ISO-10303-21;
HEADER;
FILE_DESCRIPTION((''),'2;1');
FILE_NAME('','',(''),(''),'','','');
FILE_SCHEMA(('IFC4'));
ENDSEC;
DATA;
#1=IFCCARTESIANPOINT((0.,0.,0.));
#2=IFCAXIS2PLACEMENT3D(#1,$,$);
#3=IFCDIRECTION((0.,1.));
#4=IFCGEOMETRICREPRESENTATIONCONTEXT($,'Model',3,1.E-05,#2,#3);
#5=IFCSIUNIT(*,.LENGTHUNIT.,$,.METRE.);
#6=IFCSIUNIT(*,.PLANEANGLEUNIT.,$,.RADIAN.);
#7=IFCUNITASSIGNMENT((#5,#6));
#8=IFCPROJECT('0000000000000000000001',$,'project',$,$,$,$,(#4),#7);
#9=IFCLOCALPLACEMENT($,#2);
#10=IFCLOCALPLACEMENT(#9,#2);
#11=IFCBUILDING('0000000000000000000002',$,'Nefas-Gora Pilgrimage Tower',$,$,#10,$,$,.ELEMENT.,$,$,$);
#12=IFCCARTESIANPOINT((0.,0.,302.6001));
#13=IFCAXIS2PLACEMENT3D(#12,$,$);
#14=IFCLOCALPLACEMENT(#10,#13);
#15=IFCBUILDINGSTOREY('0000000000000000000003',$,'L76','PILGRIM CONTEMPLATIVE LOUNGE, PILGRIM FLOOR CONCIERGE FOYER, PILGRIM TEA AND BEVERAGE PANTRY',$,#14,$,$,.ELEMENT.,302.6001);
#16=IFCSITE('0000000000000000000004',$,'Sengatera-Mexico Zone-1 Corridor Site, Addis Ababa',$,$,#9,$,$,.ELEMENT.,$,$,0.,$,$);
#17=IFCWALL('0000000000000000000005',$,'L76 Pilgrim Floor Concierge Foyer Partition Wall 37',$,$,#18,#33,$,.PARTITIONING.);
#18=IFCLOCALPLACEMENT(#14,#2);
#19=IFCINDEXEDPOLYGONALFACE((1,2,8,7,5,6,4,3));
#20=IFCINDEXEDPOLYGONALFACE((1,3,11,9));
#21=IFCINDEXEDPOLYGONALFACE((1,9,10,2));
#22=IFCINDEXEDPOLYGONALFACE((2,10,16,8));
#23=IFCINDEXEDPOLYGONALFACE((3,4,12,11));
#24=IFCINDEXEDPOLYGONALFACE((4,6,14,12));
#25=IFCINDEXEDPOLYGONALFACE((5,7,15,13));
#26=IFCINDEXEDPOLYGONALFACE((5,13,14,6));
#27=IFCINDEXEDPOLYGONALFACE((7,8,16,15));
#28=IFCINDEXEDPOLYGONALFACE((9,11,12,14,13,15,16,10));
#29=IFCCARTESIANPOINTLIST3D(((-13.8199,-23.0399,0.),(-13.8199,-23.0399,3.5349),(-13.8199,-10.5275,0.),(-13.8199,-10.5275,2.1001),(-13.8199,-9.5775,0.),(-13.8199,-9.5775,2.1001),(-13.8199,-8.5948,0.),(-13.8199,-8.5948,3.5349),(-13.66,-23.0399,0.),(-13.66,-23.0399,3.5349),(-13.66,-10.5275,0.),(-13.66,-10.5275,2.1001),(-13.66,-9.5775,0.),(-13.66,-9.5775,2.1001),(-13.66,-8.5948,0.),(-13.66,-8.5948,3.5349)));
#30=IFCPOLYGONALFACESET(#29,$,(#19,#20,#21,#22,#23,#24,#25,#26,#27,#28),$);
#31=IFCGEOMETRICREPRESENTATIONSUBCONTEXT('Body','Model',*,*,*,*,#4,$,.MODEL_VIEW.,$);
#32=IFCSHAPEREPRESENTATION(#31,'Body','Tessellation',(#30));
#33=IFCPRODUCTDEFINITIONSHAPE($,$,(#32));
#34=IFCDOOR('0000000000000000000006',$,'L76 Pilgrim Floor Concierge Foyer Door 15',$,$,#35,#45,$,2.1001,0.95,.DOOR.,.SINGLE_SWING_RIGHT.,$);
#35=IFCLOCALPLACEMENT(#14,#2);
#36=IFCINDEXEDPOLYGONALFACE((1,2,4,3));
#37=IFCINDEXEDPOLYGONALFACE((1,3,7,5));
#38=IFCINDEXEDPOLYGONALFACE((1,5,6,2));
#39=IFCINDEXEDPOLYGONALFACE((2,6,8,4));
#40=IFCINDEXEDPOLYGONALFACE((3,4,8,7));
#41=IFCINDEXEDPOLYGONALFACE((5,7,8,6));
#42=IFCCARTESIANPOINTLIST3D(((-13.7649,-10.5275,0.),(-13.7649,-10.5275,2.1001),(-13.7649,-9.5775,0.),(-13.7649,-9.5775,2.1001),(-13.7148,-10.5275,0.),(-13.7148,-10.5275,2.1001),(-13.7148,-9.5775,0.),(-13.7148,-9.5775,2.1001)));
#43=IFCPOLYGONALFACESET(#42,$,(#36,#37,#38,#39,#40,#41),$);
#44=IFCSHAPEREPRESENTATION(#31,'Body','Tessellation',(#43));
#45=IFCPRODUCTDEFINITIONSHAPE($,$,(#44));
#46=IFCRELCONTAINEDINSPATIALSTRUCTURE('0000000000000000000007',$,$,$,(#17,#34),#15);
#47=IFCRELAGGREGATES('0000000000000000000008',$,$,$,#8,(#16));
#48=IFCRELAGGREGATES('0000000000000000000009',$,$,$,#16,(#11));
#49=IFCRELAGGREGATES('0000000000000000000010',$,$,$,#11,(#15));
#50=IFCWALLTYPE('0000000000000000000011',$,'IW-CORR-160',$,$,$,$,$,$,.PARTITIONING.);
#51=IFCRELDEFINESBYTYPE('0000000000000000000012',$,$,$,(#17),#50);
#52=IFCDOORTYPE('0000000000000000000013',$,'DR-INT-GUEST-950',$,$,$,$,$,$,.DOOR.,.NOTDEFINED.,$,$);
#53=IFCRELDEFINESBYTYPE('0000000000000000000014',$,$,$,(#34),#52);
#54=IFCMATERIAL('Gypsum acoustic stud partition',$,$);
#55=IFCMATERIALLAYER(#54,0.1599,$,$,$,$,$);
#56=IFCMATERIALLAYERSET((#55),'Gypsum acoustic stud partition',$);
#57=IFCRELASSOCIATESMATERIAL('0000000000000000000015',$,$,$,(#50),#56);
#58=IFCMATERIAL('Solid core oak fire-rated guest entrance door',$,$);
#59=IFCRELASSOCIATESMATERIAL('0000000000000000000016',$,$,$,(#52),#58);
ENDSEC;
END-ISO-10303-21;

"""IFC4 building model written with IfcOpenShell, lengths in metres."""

from ifc_helpers import new_model, si_unit, direction, frame, frame_2d, origin, place, context, subcontext, project, spatial, rectangle, extrude, source, transform, mapped, material, layer, layer_set, type_object, element, fill, save


model = new_model("IFC4")

# Units and contexts
model_context = context("Model", 3, precision=1e-05, world=origin(), true_north=direction((0.0, 1.0)))
body_context = subcontext(model_context, "Body", "Model", "MODEL_VIEW")
ifc_project = project(units=[si_unit("LENGTHUNIT", "METRE"), si_unit("PLANEANGLEUNIT", "RADIAN")], contexts=[model_context])

# Site, building, storey
site_placement = place(None, origin())
site = spatial("IfcSite", under=ifc_project, at=site_placement, Name="Sengatera-Mexico Zone-1 Corridor Site, Addis Ababa", CompositionType="ELEMENT", RefElevation=0.0)
building_placement = place(site_placement, origin())
building = spatial("IfcBuilding", under=site, at=building_placement, Name="Nefas-Gora Pilgrimage Tower", CompositionType="ELEMENT")
storey_placement = place(building_placement, frame((0.0, 0.0, 302.6001)))
storey = spatial("IfcBuildingStorey", under=building, at=storey_placement, Name="L76", Description="PILGRIM CONTEMPLATIVE LOUNGE, PILGRIM FLOOR CONCIERGE FOYER, PILGRIM TEA AND BEVERAGE PANTRY", CompositionType="ELEMENT", Elevation=302.6001)

# Wall, opening, door
ifc_material_1 = material(Name="Gypsum acoustic stud partition")
ifc_layer_1 = layer(ifc_material_1, 0.1599)
ifc_layer_set_1 = layer_set([ifc_layer_1], Name="Gypsum acoustic stud partition")
wall_type_1 = type_object("IfcWallType", Name="IW-CORR-160", PredefinedType="PARTITIONING", material=ifc_layer_set_1)
ifc_material_2 = material(Name="Solid core oak fire-rated guest entrance door")
door_type = type_object("IfcDoorType", Name="DR-INT-GUEST-950", OperationType="NOTDEFINED", PredefinedType="DOOR", material=ifc_material_2)
shared_shape_1 = source(origin(), body_context, "Body", "SweptSolid", [
    extrude(rectangle(XDim=0.95, YDim=2.1001, at=frame_2d((0.4751, 1.05))), frame((0.0, 0.0249, 0.0), z_axis=(0.0, -1.0, 0.0), x_axis=(1.0, 0.0, 0.0)), (0.0, 0.0, 1.0), 0.05),
])
shared_shape_2 = source(origin(), body_context, "Body", "SweptSolid", [
    extrude(rectangle(XDim=14.4451, YDim=0.1599, at=frame_2d((7.2227, 0.0))), origin(), (0.0, 0.0, 1.0), 3.5349),
])
wall_1_placement = place(storey_placement, frame((-13.74, -23.04, 0.0), z_axis=(0.0, 0.0, 1.0), x_axis=(0.0, 1.0, 0.0)))
wall_1 = element("IfcWall", 1, at=wall_1_placement, inside=storey, type_object=wall_type_1, Name="L76 Pilgrim Floor Concierge Foyer Partition Wall 37", PredefinedType="PARTITIONING", context=body_context, shape_type="MappedRepresentation", body=[
    mapped(shared_shape_2, transform((0.0, 0.0, 0.0), x_axis=(1.0, 0.0, 0.0), y_axis=(0.0, 1.0, 0.0), z_axis=(0.0, 0.0, 1.0), scale=1.0)),
])
opening_1_placement = place(wall_1_placement, frame((12.5125, 0.0, 0.0)))
opening_1 = element("IfcOpeningElement", 2, at=opening_1_placement, cuts=wall_1, PredefinedType="OPENING", context=body_context, shape_type="SweptSolid", body=[
    extrude(rectangle(XDim=0.95, YDim=2.1001, at=frame_2d((0.4751, 1.05))), frame((0.0, 0.0898, 0.0), z_axis=(0.0, -1.0, 0.0), x_axis=(1.0, 0.0, 0.0)), (0.0, 0.0, 1.0), 0.1799),
])
door_1_placement = place(opening_1_placement, origin())
door_1 = element("IfcDoor", 3, at=door_1_placement, inside=storey, type_object=door_type, Name="L76 Pilgrim Floor Concierge Foyer Door 15", OperationType="SINGLE_SWING_RIGHT", OverallHeight=2.1001, OverallWidth=0.95, PredefinedType="DOOR", context=body_context, shape_type="MappedRepresentation", body=[
    mapped(shared_shape_1, transform((0.0, 0.0, 0.0), x_axis=(1.0, 0.0, 0.0), y_axis=(0.0, 1.0, 0.0), z_axis=(0.0, 0.0, 1.0), scale=1.0)),
])
fill(opening_1, door_1)

save(model, "model.ifc")
